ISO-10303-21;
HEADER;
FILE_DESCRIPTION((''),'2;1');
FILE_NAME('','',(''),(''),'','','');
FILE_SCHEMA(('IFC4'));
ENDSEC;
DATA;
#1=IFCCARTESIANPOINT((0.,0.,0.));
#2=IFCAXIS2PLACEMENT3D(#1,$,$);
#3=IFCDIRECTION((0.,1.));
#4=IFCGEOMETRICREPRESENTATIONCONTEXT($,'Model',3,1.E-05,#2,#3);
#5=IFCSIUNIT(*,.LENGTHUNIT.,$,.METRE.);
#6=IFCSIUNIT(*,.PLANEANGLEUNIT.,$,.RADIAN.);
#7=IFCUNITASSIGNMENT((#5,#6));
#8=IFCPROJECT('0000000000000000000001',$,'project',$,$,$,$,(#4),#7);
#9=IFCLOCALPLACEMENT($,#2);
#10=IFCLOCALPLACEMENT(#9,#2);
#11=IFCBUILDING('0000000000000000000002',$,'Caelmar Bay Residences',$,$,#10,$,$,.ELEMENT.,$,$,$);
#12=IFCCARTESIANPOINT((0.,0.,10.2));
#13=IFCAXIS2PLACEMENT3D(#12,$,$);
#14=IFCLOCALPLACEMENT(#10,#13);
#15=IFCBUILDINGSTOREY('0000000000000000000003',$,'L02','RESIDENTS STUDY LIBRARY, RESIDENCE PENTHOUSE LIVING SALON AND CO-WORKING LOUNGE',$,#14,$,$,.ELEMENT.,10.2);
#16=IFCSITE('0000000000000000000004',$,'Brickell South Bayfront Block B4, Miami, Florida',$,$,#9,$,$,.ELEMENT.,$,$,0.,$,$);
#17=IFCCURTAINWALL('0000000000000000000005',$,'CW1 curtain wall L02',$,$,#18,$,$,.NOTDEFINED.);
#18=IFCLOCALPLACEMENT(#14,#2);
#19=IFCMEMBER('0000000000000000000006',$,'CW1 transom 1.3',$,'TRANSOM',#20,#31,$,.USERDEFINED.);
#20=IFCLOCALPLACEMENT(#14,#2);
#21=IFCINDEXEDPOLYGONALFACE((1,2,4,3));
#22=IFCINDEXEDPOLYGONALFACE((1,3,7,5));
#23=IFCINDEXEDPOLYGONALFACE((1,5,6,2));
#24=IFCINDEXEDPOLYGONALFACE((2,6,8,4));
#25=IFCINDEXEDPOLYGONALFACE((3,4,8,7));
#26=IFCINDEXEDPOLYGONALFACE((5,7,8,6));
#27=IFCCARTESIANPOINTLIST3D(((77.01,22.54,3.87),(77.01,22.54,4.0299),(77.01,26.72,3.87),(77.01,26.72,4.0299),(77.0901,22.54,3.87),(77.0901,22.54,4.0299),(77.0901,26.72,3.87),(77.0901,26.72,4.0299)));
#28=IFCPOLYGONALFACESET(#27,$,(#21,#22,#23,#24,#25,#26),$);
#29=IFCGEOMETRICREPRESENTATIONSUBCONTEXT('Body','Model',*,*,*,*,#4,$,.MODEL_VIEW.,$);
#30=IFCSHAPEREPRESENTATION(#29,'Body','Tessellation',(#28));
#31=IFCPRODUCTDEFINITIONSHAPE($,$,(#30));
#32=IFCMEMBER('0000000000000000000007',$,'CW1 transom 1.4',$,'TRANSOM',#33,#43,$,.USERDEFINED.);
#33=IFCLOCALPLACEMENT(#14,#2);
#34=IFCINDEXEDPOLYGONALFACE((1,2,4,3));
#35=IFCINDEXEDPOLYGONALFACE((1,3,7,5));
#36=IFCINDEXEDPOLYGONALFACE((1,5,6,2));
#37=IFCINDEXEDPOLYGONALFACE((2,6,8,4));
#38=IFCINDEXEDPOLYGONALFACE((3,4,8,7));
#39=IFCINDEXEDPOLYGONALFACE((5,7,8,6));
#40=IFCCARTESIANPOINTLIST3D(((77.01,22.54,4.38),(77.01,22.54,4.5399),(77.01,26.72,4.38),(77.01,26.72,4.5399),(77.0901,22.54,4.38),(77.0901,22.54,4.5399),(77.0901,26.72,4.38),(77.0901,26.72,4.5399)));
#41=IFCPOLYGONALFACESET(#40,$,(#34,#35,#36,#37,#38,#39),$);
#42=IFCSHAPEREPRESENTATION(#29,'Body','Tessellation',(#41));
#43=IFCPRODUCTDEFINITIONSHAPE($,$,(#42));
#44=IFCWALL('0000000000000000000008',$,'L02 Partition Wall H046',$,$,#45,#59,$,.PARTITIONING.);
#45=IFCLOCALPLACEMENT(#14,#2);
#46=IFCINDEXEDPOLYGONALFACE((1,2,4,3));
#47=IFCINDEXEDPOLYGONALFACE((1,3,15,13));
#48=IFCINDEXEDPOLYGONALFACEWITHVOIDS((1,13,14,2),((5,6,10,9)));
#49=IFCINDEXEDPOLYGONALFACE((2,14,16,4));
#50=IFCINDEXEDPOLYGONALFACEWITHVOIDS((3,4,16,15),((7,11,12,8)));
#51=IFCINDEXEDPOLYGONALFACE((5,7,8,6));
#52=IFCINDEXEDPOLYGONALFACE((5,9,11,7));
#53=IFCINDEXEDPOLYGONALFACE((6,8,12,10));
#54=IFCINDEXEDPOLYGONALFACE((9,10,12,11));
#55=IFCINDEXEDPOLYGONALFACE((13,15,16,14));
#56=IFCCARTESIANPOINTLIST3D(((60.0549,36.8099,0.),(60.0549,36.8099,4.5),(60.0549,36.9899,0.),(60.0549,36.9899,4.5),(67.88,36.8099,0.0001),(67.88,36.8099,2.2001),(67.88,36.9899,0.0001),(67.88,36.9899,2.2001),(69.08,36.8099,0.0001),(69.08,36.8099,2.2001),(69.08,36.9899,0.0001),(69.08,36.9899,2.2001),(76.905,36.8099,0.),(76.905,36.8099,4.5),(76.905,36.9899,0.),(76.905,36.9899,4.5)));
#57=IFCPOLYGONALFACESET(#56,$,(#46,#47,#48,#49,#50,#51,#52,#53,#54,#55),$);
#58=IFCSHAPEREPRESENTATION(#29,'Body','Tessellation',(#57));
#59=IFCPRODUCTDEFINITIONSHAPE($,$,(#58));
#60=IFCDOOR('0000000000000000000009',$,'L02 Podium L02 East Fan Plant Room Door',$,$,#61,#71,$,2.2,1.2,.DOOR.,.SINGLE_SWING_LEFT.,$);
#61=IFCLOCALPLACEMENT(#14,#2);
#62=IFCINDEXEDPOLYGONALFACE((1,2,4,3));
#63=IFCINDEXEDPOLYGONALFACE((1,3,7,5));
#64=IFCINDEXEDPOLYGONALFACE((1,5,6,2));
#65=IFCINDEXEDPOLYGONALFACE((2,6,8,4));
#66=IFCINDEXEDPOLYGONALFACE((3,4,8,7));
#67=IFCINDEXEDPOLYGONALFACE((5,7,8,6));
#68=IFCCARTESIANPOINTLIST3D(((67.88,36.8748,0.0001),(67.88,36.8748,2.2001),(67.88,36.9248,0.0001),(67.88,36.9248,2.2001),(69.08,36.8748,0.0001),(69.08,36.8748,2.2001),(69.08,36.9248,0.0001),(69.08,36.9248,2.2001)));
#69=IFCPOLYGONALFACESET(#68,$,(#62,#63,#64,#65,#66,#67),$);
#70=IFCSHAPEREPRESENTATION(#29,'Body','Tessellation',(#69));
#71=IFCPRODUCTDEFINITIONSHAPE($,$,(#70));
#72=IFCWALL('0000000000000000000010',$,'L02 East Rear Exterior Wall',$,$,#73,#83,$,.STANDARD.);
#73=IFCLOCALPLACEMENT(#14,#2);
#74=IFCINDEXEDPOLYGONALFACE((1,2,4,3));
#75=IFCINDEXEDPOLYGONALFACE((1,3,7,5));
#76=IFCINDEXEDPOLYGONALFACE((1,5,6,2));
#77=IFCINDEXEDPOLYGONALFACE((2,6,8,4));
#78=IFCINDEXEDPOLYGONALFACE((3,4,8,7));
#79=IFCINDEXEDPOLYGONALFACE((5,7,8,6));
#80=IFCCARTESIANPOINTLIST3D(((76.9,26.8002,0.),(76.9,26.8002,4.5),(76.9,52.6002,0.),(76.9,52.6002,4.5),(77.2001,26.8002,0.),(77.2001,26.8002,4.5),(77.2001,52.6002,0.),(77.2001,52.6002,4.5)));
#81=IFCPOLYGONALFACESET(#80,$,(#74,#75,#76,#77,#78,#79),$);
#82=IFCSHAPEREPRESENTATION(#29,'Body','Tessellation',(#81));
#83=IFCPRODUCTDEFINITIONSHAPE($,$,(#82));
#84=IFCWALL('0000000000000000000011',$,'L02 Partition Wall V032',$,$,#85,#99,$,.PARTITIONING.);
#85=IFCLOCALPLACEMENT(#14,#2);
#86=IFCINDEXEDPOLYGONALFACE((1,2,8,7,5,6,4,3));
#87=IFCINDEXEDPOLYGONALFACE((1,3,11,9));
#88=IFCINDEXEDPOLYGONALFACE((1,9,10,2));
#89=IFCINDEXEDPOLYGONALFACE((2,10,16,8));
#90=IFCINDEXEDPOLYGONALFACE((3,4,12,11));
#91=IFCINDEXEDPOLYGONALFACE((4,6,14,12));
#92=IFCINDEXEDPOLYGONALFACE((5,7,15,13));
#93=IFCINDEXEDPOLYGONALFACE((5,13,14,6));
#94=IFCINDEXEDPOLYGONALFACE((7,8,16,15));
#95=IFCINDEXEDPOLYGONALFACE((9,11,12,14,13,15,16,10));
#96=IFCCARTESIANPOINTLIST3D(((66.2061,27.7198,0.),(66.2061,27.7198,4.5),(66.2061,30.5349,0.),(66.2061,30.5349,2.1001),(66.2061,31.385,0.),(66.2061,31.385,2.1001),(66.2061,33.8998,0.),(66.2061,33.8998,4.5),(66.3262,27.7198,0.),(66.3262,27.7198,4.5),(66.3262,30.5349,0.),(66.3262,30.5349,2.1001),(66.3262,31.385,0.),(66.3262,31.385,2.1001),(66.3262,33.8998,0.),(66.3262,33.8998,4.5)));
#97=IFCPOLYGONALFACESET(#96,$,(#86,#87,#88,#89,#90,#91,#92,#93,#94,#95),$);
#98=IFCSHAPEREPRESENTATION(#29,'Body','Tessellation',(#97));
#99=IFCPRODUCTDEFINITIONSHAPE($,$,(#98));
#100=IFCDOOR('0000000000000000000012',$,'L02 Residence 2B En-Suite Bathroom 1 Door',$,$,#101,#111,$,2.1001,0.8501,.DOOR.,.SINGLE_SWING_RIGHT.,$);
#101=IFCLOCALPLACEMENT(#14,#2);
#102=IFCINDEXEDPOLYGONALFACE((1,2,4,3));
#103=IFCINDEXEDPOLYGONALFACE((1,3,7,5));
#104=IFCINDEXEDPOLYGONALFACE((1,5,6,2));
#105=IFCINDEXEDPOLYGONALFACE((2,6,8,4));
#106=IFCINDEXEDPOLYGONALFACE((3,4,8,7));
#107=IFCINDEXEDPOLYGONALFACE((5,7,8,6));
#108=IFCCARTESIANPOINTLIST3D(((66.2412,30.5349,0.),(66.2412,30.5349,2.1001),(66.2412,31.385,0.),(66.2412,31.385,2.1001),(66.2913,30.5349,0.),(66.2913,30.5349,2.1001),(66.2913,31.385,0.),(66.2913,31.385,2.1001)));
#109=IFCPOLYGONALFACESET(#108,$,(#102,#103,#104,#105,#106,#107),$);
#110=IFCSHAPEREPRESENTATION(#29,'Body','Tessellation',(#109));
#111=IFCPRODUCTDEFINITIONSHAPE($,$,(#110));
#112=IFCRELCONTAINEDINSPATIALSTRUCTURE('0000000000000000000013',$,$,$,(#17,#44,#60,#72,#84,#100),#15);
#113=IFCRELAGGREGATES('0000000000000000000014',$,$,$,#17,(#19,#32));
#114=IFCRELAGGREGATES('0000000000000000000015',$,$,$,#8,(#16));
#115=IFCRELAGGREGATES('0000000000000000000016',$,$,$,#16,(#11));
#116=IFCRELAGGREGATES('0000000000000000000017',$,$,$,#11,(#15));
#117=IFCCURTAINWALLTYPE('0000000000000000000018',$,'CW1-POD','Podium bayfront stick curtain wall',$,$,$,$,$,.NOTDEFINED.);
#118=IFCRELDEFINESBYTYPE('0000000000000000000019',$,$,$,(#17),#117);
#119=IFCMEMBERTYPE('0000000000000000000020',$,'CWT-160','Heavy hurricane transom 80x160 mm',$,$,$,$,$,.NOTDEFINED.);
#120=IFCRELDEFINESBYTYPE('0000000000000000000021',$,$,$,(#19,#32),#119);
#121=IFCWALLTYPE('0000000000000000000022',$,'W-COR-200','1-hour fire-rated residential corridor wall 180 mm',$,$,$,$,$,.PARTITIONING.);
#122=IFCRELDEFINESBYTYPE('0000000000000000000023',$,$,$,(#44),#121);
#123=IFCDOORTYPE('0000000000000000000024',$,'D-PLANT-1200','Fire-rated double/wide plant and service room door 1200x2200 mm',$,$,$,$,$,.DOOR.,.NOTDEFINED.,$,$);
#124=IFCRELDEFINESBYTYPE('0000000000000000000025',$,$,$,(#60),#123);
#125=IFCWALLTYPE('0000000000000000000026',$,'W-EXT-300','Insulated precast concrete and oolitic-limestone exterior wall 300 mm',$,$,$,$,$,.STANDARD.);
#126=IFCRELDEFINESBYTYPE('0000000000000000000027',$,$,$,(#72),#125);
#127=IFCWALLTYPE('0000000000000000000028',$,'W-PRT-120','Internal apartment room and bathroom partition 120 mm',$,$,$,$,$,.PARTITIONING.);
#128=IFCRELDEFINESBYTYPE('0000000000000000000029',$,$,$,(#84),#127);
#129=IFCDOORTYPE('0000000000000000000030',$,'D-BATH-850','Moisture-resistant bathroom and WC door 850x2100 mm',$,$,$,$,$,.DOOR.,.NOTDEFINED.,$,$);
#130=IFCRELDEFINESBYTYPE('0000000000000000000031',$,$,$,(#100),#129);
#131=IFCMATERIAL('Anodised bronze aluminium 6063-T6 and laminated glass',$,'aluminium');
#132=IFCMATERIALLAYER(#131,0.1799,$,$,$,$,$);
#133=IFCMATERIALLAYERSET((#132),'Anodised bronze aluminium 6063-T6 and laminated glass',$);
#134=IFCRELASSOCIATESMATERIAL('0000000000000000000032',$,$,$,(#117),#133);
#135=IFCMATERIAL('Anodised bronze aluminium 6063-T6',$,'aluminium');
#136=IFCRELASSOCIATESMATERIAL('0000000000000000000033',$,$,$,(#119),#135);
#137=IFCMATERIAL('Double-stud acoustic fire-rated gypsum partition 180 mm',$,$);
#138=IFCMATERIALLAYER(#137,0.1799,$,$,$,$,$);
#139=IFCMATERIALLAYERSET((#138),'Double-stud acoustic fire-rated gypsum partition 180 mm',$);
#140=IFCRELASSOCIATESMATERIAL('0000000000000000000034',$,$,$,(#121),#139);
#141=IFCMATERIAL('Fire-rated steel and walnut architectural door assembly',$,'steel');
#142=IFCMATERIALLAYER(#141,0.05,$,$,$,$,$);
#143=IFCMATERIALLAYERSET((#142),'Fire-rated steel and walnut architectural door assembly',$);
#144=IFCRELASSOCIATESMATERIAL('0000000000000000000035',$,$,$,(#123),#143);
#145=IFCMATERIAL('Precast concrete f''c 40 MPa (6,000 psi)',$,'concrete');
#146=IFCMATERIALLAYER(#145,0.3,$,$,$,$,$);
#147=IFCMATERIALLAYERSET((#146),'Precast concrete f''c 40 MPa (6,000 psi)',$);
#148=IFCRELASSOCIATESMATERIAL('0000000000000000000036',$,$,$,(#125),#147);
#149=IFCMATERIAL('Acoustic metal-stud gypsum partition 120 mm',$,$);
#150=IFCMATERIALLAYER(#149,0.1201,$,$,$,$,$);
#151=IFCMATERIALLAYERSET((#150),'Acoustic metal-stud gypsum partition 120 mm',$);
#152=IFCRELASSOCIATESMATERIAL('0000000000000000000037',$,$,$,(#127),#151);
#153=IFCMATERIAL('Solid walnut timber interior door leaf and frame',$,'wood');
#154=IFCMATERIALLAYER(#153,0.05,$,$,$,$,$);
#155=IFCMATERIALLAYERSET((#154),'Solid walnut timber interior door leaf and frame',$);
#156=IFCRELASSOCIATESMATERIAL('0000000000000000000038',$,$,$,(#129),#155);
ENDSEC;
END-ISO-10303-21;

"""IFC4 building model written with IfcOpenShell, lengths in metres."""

from ifc_helpers import new_model, si_unit, direction, frame, frame_2d, origin, origin_2d, place, context, subcontext, project, spatial, rectangle, extrude, material, layer, layer_set, material_profile, profile_set, type_object, element, fill, aggregate, save


model = new_model("IFC4")

# Units and contexts
model_context = context("Model", 3, precision=1e-05, world=origin(), true_north=direction((0.0, 1.0)))
body_context = subcontext(model_context, "Body", "Model", "MODEL_VIEW")
ifc_project = project(units=[si_unit("LENGTHUNIT", "METRE"), si_unit("PLANEANGLEUNIT", "RADIAN")], contexts=[model_context])

# Site, building, storey
site_placement = place(None, origin())
site = spatial("IfcSite", under=ifc_project, at=site_placement, Name="Brickell South Bayfront Block B4, Miami, Florida", CompositionType="ELEMENT", RefElevation=0.0)
building_placement = place(site_placement, origin())
building = spatial("IfcBuilding", under=site, at=building_placement, Name="Caelmar Bay Residences", CompositionType="ELEMENT")
storey_placement = place(building_placement, frame((0.0, 0.0, 10.2)))
storey = spatial("IfcBuildingStorey", under=building, at=storey_placement, Name="L02", Description="RESIDENTS STUDY LIBRARY, RESIDENCE PENTHOUSE LIVING SALON AND CO-WORKING LOUNGE", CompositionType="ELEMENT", Elevation=10.2)

# Curtain wall, members
ifc_material_1 = material(Name="Anodised bronze aluminium 6063-T6 and laminated glass", Category="aluminium")
ifc_layer_1 = layer(ifc_material_1, 0.1799)
ifc_layer_set_1 = layer_set([ifc_layer_1], Name="Anodised bronze aluminium 6063-T6 and laminated glass")
curtain_wall_type = type_object("IfcCurtainWallType", Name="CW1-POD", Description="Podium bayfront stick curtain wall", PredefinedType="NOTDEFINED", material=ifc_layer_set_1)
curtain_wall_placement = place(storey_placement, origin())
curtain_wall = element("IfcCurtainWall", 1, at=curtain_wall_placement, inside=storey, type_object=curtain_wall_type, Name="CW1 curtain wall L02", PredefinedType="NOTDEFINED")
ifc_material_2 = material(Name="Anodised bronze aluminium 6063-T6", Category="aluminium")
ifc_material_profile_1 = material_profile(ifc_material_2, rectangle(XDim=0.0801, YDim=0.1599, at=origin_2d()), Name="CWT-80X160")
ifc_profile_set_1 = profile_set([ifc_material_profile_1], Name="Anodised bronze aluminium 6063-T6")
member_type_1 = type_object("IfcMemberType", Name="CWT-160", Description="Heavy hurricane transom 80x160 mm", PredefinedType="NOTDEFINED", material=ifc_profile_set_1)
member_1_placement = place(storey_placement, frame((77.05, 26.72, 3.95), z_axis=(0.0, -1.0, 0.0), x_axis=(1.0, 0.0, 0.0)))
member_1 = element("IfcMember", 2, at=member_1_placement, type_object=member_type_1, Name="CW1 transom 1.3", ObjectType="TRANSOM", PredefinedType="USERDEFINED", context=body_context, shape_type="SweptSolid", body=[
    extrude(rectangle(XDim=0.0801, YDim=0.1599, at=origin_2d()), origin(), (0.0, 0.0, 1.0), 4.1799),
])
member_2_placement = place(storey_placement, frame((77.05, 26.72, 4.46), z_axis=(0.0, -1.0, 0.0), x_axis=(1.0, 0.0, 0.0)))
member_2 = element("IfcMember", 3, at=member_2_placement, type_object=member_type_1, Name="CW1 transom 1.4", ObjectType="TRANSOM", PredefinedType="USERDEFINED", context=body_context, shape_type="SweptSolid", body=[
    extrude(rectangle(XDim=0.0801, YDim=0.1599, at=origin_2d()), origin(), (0.0, 0.0, 1.0), 4.1799),
])
aggregate(curtain_wall, [member_1, member_2])

# Wall, opening, door
ifc_material_3 = material(Name="Double-stud acoustic fire-rated gypsum partition 180 mm")
ifc_layer_2 = layer(ifc_material_3, 0.1799)
ifc_layer_set_2 = layer_set([ifc_layer_2], Name="Double-stud acoustic fire-rated gypsum partition 180 mm")
wall_type_1 = type_object("IfcWallType", Name="W-COR-200", Description="1-hour fire-rated residential corridor wall 180 mm", PredefinedType="PARTITIONING", material=ifc_layer_set_2)
wall_1_placement = place(storey_placement, frame((60.0549, 36.8999, 0.0), z_axis=(0.0, 0.0, 1.0), x_axis=(1.0, 0.0, 0.0)))
wall_1 = element("IfcWall", 4, at=wall_1_placement, inside=storey, type_object=wall_type_1, Name="L02 Partition Wall H046", PredefinedType="PARTITIONING", context=body_context, shape_type="SweptSolid", body=[
    extrude(rectangle(XDim=16.8501, YDim=0.1799, at=frame_2d((8.425, 0.0))), origin(), (0.0, 0.0, 1.0), 4.5),
])
opening_1_placement = place(wall_1_placement, frame((7.825, 0.0, 0.0)))
opening_1 = element("IfcOpeningElement", 5, at=opening_1_placement, cuts=wall_1, PredefinedType="OPENING", context=body_context, shape_type="SweptSolid", body=[
    extrude(rectangle(XDim=1.2, YDim=2.2, at=frame_2d((0.6001, 1.1001))), frame((0.0, 0.0999, 0.0), z_axis=(0.0, -1.0, 0.0), x_axis=(1.0, 0.0, 0.0)), (0.0, 0.0, 1.0), 0.2),
])
ifc_material_4 = material(Name="Fire-rated steel and walnut architectural door assembly", Category="steel")
ifc_layer_3 = layer(ifc_material_4, 0.05)
ifc_layer_set_3 = layer_set([ifc_layer_3], Name="Fire-rated steel and walnut architectural door assembly")
door_type_1 = type_object("IfcDoorType", Name="D-PLANT-1200", Description="Fire-rated double/wide plant and service room door 1200x2200 mm", OperationType="NOTDEFINED", PredefinedType="DOOR", material=ifc_layer_set_3)
door_1_placement = place(opening_1_placement, origin())
door_1 = element("IfcDoor", 6, at=door_1_placement, inside=storey, type_object=door_type_1, Name="L02 Podium L02 East Fan Plant Room Door", OperationType="SINGLE_SWING_LEFT", OverallHeight=2.2, OverallWidth=1.2, PredefinedType="DOOR", context=body_context, shape_type="SweptSolid", body=[
    extrude(rectangle(XDim=1.2, YDim=2.2, at=frame_2d((0.6001, 1.1001))), frame((0.0, 0.0249, 0.0), z_axis=(0.0, -1.0, 0.0), x_axis=(1.0, 0.0, 0.0)), (0.0, 0.0, 1.0), 0.05),
])
fill(opening_1, door_1)

# Wall
ifc_material_5 = material(Name="Precast concrete f'c 40 MPa (6,000 psi)", Category="concrete")
ifc_layer_4 = layer(ifc_material_5, 0.3)
ifc_layer_set_4 = layer_set([ifc_layer_4], Name="Precast concrete f'c 40 MPa (6,000 psi)")
wall_type_2 = type_object("IfcWallType", Name="W-EXT-300", Description="Insulated precast concrete and oolitic-limestone exterior wall 300 mm", PredefinedType="STANDARD", material=ifc_layer_set_4)
wall_2_placement = place(storey_placement, frame((77.05, 52.6001, 0.0), z_axis=(0.0, 0.0, 1.0), x_axis=(0.0, -1.0, 0.0)))
element("IfcWall", 7, at=wall_2_placement, inside=storey, type_object=wall_type_2, Name="L02 East Rear Exterior Wall", PredefinedType="STANDARD", context=body_context, shape_type="SweptSolid", body=[
    extrude(rectangle(XDim=25.8, YDim=0.3, at=frame_2d((12.8999, 0.0))), origin(), (0.0, 0.0, 1.0), 4.5),
])

# Wall, opening, door
ifc_material_6 = material(Name="Acoustic metal-stud gypsum partition 120 mm")
ifc_layer_5 = layer(ifc_material_6, 0.1201)
ifc_layer_set_5 = layer_set([ifc_layer_5], Name="Acoustic metal-stud gypsum partition 120 mm")
wall_type_3 = type_object("IfcWallType", Name="W-PRT-120", Description="Internal apartment room and bathroom partition 120 mm", PredefinedType="PARTITIONING", material=ifc_layer_set_5)
wall_3_placement = place(storey_placement, frame((66.2661, 27.72, 0.0), z_axis=(0.0, 0.0, 1.0), x_axis=(0.0, 1.0, 0.0)))
wall_3 = element("IfcWall", 8, at=wall_3_placement, inside=storey, type_object=wall_type_3, Name="L02 Partition Wall V032", PredefinedType="PARTITIONING", context=body_context, shape_type="SweptSolid", body=[
    extrude(rectangle(XDim=6.1799, YDim=0.1201, at=frame_2d((3.0898, 0.0))), origin(), (0.0, 0.0, 1.0), 4.5),
])
opening_2_placement = place(wall_3_placement, frame((2.8149, 0.0, 0.0)))
opening_2 = element("IfcOpeningElement", 9, at=opening_2_placement, cuts=wall_3, PredefinedType="OPENING", context=body_context, shape_type="SweptSolid", body=[
    extrude(rectangle(XDim=0.8501, YDim=2.1001, at=frame_2d((0.425, 1.05))), frame((0.0, 0.0701, 0.0), z_axis=(0.0, -1.0, 0.0), x_axis=(1.0, 0.0, 0.0)), (0.0, 0.0, 1.0), 0.1401),
])
ifc_material_7 = material(Name="Solid walnut timber interior door leaf and frame", Category="wood")
ifc_layer_6 = layer(ifc_material_7, 0.05)
ifc_layer_set_6 = layer_set([ifc_layer_6], Name="Solid walnut timber interior door leaf and frame")
door_type_2 = type_object("IfcDoorType", Name="D-BATH-850", Description="Moisture-resistant bathroom and WC door 850x2100 mm", OperationType="NOTDEFINED", PredefinedType="DOOR", material=ifc_layer_set_6)
door_2_placement = place(opening_2_placement, origin())
door_2 = element("IfcDoor", 10, at=door_2_placement, inside=storey, type_object=door_type_2, Name="L02 Residence 2B En-Suite Bathroom 1 Door", OperationType="SINGLE_SWING_RIGHT", OverallHeight=2.1001, OverallWidth=0.8501, PredefinedType="DOOR", context=body_context, shape_type="SweptSolid", body=[
    extrude(rectangle(XDim=0.8501, YDim=2.1001, at=frame_2d((0.425, 1.05))), frame((0.0, 0.0249, 0.0), z_axis=(0.0, -1.0, 0.0), x_axis=(1.0, 0.0, 0.0)), (0.0, 0.0, 1.0), 0.05),
])
fill(opening_2, door_2)

save(model, "model.ifc")
